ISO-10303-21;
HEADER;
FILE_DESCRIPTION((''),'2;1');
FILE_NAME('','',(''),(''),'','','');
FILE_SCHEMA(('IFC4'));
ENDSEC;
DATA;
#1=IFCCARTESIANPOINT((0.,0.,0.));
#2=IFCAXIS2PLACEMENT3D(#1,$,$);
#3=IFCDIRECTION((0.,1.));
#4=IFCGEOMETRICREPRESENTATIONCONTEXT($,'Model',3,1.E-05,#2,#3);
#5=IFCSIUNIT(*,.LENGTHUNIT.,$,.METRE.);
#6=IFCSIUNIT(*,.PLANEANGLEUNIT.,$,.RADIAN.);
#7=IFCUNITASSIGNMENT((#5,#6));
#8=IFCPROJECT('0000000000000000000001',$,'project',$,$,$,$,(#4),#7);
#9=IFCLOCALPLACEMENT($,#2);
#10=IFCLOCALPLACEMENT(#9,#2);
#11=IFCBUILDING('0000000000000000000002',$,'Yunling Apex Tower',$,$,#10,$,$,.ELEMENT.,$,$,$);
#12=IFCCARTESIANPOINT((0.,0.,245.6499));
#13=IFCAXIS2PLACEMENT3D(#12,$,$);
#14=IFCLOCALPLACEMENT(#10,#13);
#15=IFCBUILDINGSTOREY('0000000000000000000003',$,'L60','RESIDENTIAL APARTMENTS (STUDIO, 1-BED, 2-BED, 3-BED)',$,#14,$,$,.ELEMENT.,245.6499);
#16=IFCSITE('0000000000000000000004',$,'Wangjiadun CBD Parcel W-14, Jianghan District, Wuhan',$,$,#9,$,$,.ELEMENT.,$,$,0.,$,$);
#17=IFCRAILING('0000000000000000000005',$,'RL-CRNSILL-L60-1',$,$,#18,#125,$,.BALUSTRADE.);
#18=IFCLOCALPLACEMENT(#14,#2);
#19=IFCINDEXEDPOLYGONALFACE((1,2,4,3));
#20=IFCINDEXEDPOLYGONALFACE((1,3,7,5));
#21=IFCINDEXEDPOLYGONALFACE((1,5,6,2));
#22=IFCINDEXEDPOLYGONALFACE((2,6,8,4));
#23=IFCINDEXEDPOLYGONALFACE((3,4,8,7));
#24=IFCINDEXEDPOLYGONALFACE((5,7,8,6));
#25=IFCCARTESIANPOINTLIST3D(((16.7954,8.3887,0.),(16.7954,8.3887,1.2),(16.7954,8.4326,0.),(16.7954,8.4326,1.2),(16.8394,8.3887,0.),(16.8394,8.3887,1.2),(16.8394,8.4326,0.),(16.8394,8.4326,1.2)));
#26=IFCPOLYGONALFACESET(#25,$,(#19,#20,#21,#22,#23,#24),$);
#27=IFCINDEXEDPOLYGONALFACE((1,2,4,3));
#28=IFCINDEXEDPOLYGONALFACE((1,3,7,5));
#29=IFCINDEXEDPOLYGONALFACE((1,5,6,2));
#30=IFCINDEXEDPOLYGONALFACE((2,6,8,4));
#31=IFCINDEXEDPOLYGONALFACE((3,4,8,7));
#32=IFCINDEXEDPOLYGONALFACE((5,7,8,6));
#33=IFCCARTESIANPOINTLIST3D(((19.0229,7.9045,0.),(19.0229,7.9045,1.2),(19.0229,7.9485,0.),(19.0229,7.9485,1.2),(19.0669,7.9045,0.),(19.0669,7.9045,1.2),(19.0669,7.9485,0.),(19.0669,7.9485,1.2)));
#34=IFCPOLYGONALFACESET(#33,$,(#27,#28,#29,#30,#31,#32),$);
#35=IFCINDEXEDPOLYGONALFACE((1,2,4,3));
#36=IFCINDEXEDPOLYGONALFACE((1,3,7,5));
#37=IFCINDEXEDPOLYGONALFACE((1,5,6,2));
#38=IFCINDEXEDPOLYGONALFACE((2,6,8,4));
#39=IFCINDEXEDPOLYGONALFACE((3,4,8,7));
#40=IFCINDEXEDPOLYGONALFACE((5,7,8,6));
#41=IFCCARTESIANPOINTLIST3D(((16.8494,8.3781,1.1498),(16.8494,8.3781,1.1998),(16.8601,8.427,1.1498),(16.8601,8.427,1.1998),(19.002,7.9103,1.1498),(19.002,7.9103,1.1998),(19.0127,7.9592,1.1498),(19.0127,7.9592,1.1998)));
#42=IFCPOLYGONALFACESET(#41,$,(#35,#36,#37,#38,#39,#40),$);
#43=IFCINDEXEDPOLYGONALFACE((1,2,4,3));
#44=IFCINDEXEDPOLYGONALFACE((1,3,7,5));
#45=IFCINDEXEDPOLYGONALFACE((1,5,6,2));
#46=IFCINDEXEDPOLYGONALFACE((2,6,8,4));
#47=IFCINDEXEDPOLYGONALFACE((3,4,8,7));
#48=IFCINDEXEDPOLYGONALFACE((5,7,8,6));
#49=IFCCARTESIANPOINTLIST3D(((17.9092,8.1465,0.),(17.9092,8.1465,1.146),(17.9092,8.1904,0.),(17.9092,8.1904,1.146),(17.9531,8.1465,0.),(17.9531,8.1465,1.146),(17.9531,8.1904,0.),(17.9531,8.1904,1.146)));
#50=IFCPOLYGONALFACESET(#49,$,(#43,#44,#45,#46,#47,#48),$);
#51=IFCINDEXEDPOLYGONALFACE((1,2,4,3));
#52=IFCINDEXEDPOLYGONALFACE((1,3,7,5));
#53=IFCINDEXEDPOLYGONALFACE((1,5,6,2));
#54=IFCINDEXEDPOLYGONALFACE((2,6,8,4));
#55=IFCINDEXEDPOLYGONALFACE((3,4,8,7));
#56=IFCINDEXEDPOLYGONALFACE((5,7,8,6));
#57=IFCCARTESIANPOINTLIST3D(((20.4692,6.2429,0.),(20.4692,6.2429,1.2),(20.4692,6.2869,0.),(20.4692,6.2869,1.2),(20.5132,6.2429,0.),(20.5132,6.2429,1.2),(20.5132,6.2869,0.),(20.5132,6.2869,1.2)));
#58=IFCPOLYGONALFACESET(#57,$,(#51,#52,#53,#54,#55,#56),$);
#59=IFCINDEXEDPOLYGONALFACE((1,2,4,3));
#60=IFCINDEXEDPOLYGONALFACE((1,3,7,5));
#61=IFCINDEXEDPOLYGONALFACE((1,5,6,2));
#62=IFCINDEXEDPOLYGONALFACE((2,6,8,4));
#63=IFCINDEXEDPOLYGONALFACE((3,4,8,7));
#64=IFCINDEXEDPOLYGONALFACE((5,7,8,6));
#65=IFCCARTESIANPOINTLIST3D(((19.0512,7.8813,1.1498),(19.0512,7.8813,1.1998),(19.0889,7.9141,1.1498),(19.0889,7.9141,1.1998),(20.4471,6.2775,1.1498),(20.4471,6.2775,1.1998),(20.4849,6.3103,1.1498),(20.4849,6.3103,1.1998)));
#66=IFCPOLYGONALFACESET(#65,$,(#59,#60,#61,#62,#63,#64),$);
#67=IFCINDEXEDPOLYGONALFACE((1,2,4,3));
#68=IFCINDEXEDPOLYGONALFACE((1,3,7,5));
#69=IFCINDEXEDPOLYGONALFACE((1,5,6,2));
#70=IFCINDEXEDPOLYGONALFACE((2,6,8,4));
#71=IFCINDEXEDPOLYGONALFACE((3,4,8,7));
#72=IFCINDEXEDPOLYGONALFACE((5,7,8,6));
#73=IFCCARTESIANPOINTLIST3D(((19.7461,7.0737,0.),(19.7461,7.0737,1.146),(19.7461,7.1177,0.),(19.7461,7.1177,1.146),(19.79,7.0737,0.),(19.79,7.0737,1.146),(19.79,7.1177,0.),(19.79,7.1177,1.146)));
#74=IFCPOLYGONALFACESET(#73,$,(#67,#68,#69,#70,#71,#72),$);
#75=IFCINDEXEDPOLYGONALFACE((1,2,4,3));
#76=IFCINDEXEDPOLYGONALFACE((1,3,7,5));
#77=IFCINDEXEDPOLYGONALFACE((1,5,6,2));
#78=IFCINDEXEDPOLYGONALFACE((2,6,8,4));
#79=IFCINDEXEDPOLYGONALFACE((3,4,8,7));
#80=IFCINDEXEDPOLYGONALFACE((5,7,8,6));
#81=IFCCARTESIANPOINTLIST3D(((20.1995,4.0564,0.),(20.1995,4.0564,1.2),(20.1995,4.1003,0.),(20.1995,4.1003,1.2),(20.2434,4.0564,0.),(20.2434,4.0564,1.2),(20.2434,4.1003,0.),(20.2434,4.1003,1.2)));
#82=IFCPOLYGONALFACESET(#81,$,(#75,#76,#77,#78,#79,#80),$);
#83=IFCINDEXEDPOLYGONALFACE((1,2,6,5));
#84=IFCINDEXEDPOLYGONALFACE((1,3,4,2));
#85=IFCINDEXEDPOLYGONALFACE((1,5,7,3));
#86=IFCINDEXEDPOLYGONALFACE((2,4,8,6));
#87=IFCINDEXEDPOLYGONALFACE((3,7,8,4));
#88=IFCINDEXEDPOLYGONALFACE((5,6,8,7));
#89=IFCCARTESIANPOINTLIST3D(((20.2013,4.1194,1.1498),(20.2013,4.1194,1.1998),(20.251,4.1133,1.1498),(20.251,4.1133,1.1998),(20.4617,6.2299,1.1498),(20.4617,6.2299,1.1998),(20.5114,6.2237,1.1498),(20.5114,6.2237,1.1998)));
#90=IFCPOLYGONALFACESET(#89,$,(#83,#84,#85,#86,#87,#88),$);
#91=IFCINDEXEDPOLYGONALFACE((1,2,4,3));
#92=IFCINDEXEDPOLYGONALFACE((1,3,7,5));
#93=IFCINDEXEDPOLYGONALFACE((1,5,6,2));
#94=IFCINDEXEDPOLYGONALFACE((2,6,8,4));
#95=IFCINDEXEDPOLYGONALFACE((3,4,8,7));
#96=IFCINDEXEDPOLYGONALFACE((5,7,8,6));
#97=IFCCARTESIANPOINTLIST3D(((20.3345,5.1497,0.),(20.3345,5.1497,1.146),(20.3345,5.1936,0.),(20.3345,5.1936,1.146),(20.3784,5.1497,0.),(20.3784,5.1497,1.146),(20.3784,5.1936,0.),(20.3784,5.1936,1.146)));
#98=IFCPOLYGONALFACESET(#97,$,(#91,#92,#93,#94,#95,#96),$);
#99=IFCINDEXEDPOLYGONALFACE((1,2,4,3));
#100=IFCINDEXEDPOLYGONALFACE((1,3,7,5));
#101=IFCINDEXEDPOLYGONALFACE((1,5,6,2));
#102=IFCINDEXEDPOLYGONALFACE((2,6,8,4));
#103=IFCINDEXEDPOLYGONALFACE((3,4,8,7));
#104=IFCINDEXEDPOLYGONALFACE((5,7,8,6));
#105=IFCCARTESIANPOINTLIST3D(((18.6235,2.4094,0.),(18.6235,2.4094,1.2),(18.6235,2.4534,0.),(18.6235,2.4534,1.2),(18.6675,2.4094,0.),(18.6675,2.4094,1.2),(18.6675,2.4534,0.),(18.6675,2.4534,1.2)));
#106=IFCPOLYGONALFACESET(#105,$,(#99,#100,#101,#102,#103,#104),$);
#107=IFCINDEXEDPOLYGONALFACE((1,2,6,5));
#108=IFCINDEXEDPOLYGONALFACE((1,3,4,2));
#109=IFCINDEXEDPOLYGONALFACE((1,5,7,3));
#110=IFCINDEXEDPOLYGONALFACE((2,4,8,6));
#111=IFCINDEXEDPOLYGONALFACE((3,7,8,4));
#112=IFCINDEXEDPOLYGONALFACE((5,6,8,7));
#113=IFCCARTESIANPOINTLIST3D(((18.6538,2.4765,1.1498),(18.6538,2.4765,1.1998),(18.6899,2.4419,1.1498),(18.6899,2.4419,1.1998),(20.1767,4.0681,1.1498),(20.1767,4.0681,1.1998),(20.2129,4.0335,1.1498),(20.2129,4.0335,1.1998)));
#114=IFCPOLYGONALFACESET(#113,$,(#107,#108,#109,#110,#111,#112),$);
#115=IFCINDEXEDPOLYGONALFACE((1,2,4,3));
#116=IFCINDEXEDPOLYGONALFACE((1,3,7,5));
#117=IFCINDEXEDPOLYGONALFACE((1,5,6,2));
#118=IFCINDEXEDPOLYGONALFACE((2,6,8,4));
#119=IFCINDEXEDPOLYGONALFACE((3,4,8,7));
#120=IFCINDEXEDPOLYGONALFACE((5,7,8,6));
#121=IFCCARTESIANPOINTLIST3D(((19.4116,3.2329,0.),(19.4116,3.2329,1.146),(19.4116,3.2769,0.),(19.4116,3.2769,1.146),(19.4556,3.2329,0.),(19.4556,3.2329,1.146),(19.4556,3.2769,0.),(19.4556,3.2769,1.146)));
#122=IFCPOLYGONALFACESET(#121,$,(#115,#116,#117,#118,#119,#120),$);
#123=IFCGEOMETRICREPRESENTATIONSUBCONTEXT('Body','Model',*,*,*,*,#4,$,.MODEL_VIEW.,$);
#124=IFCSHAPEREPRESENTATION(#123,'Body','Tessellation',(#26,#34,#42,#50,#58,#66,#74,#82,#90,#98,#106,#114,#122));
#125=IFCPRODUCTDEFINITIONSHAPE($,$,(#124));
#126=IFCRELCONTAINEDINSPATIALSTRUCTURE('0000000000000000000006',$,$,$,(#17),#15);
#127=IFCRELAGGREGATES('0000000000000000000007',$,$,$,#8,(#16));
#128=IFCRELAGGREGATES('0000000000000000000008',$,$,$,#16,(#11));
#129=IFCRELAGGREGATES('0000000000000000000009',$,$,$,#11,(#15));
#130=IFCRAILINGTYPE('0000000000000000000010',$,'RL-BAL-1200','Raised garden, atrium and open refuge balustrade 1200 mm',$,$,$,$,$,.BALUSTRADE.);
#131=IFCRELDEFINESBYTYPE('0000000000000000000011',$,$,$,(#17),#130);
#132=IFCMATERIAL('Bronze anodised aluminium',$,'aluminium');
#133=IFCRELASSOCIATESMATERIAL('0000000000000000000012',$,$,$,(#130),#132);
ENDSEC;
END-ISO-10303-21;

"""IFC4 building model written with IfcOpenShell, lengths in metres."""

from ifc_helpers import new_model, si_unit, direction, frame, origin, origin_2d, place, context, subcontext, project, spatial, rectangle, extrude, material, type_object, element, save


model = new_model("IFC4")

# Units and contexts
model_context = context("Model", 3, precision=1e-05, world=origin(), true_north=direction((0.0, 1.0)))
body_context = subcontext(model_context, "Body", "Model", "MODEL_VIEW")
ifc_project = project(units=[si_unit("LENGTHUNIT", "METRE"), si_unit("PLANEANGLEUNIT", "RADIAN")], contexts=[model_context])

# Site, building, storey
site_placement = place(None, origin())
site = spatial("IfcSite", under=ifc_project, at=site_placement, Name="Wangjiadun CBD Parcel W-14, Jianghan District, Wuhan", CompositionType="ELEMENT", RefElevation=0.0)
building_placement = place(site_placement, origin())
building = spatial("IfcBuilding", under=site, at=building_placement, Name="Yunling Apex Tower", CompositionType="ELEMENT")
storey_placement = place(building_placement, frame((0.0, 0.0, 245.6499)))
storey = spatial("IfcBuildingStorey", under=building, at=storey_placement, Name="L60", Description="RESIDENTIAL APARTMENTS (STUDIO, 1-BED, 2-BED, 3-BED)", CompositionType="ELEMENT", Elevation=245.6499)

# Shared definitions
ifc_material_1 = material(Name="Bronze anodised aluminium", Category="aluminium")

# Railing
railing_type = type_object("IfcRailingType", Name="RL-BAL-1200", Description="Raised garden, atrium and open refuge balustrade 1200 mm", PredefinedType="BALUSTRADE", material=ifc_material_1)
railing_1_placement = place(storey_placement, frame((16.8174, 8.4106, 0.0)))
element("IfcRailing", 1, at=railing_1_placement, inside=storey, type_object=railing_type, Name="RL-CRNSILL-L60-1", PredefinedType="BALUSTRADE", context=body_context, shape_type="SweptSolid", body=[
    extrude(rectangle(XDim=0.0439, YDim=0.0439, at=origin_2d()), origin(), (0.0, 0.0, 1.0), 1.2),
    extrude(rectangle(XDim=0.0439, YDim=0.0439, at=origin_2d()), frame((2.2275, -0.4841, 0.0)), (0.0, 0.0, 1.0), 1.2),
    extrude(rectangle(XDim=0.05, YDim=0.05, at=origin_2d()), frame((0.0374, -0.0081, 1.1748), z_axis=(0.977187, -0.212381, 0.0), x_axis=(0.212381, 0.977187, 0.0)), (0.0, 0.0, 1.0), 2.2029),
    extrude(rectangle(XDim=0.0439, YDim=0.0439, at=origin_2d()), frame((1.1138, -0.2422, 0.0)), (0.0, 0.0, 1.0), 1.146),
    extrude(rectangle(XDim=0.0439, YDim=0.0439, at=origin_2d()), frame((3.6738, -2.1458, 0.0)), (0.0, 0.0, 1.0), 1.2),
    extrude(rectangle(XDim=0.05, YDim=0.05, at=origin_2d()), frame((2.2527, -0.5129, 1.1748), z_axis=(0.656541, -0.75429, 0.0), x_axis=(0.75429, 0.656541, 0.0)), (0.0, 0.0, 1.0), 2.1262),
    extrude(rectangle(XDim=0.0439, YDim=0.0439, at=origin_2d()), frame((2.9507, -1.3149, 0.0)), (0.0, 0.0, 1.0), 1.146),
    extrude(rectangle(XDim=0.0439, YDim=0.0439, at=origin_2d()), frame((3.4041, -4.3323, 0.0)), (0.0, 0.0, 1.0), 1.2),
    extrude(rectangle(XDim=0.05, YDim=0.05, at=origin_2d()), frame((3.6692, -2.1838, 1.1748), z_axis=(-0.122452, -0.992474, 0.0), x_axis=(0.992474, -0.122452, 0.0)), (0.0, 0.0, 1.0), 2.1265),
    extrude(rectangle(XDim=0.0439, YDim=0.0439, at=origin_2d()), frame((3.5391, -3.239, 0.0)), (0.0, 0.0, 1.0), 1.146),
    extrude(rectangle(XDim=0.0439, YDim=0.0439, at=origin_2d()), frame((1.8281, -5.9792, 0.0)), (0.0, 0.0, 1.0), 1.2),
    extrude(rectangle(XDim=0.05, YDim=0.05, at=origin_2d()), frame((3.3774, -4.3599, 1.1748), z_axis=(-0.691352, -0.722519, 0.0), x_axis=(0.722519, -0.691352, 0.0)), (0.0, 0.0, 1.0), 2.2029),
    extrude(rectangle(XDim=0.0439, YDim=0.0439, at=origin_2d()), frame((2.6162, -5.1558, 0.0)), (0.0, 0.0, 1.0), 1.146),
])

save(model, "model.ifc")
